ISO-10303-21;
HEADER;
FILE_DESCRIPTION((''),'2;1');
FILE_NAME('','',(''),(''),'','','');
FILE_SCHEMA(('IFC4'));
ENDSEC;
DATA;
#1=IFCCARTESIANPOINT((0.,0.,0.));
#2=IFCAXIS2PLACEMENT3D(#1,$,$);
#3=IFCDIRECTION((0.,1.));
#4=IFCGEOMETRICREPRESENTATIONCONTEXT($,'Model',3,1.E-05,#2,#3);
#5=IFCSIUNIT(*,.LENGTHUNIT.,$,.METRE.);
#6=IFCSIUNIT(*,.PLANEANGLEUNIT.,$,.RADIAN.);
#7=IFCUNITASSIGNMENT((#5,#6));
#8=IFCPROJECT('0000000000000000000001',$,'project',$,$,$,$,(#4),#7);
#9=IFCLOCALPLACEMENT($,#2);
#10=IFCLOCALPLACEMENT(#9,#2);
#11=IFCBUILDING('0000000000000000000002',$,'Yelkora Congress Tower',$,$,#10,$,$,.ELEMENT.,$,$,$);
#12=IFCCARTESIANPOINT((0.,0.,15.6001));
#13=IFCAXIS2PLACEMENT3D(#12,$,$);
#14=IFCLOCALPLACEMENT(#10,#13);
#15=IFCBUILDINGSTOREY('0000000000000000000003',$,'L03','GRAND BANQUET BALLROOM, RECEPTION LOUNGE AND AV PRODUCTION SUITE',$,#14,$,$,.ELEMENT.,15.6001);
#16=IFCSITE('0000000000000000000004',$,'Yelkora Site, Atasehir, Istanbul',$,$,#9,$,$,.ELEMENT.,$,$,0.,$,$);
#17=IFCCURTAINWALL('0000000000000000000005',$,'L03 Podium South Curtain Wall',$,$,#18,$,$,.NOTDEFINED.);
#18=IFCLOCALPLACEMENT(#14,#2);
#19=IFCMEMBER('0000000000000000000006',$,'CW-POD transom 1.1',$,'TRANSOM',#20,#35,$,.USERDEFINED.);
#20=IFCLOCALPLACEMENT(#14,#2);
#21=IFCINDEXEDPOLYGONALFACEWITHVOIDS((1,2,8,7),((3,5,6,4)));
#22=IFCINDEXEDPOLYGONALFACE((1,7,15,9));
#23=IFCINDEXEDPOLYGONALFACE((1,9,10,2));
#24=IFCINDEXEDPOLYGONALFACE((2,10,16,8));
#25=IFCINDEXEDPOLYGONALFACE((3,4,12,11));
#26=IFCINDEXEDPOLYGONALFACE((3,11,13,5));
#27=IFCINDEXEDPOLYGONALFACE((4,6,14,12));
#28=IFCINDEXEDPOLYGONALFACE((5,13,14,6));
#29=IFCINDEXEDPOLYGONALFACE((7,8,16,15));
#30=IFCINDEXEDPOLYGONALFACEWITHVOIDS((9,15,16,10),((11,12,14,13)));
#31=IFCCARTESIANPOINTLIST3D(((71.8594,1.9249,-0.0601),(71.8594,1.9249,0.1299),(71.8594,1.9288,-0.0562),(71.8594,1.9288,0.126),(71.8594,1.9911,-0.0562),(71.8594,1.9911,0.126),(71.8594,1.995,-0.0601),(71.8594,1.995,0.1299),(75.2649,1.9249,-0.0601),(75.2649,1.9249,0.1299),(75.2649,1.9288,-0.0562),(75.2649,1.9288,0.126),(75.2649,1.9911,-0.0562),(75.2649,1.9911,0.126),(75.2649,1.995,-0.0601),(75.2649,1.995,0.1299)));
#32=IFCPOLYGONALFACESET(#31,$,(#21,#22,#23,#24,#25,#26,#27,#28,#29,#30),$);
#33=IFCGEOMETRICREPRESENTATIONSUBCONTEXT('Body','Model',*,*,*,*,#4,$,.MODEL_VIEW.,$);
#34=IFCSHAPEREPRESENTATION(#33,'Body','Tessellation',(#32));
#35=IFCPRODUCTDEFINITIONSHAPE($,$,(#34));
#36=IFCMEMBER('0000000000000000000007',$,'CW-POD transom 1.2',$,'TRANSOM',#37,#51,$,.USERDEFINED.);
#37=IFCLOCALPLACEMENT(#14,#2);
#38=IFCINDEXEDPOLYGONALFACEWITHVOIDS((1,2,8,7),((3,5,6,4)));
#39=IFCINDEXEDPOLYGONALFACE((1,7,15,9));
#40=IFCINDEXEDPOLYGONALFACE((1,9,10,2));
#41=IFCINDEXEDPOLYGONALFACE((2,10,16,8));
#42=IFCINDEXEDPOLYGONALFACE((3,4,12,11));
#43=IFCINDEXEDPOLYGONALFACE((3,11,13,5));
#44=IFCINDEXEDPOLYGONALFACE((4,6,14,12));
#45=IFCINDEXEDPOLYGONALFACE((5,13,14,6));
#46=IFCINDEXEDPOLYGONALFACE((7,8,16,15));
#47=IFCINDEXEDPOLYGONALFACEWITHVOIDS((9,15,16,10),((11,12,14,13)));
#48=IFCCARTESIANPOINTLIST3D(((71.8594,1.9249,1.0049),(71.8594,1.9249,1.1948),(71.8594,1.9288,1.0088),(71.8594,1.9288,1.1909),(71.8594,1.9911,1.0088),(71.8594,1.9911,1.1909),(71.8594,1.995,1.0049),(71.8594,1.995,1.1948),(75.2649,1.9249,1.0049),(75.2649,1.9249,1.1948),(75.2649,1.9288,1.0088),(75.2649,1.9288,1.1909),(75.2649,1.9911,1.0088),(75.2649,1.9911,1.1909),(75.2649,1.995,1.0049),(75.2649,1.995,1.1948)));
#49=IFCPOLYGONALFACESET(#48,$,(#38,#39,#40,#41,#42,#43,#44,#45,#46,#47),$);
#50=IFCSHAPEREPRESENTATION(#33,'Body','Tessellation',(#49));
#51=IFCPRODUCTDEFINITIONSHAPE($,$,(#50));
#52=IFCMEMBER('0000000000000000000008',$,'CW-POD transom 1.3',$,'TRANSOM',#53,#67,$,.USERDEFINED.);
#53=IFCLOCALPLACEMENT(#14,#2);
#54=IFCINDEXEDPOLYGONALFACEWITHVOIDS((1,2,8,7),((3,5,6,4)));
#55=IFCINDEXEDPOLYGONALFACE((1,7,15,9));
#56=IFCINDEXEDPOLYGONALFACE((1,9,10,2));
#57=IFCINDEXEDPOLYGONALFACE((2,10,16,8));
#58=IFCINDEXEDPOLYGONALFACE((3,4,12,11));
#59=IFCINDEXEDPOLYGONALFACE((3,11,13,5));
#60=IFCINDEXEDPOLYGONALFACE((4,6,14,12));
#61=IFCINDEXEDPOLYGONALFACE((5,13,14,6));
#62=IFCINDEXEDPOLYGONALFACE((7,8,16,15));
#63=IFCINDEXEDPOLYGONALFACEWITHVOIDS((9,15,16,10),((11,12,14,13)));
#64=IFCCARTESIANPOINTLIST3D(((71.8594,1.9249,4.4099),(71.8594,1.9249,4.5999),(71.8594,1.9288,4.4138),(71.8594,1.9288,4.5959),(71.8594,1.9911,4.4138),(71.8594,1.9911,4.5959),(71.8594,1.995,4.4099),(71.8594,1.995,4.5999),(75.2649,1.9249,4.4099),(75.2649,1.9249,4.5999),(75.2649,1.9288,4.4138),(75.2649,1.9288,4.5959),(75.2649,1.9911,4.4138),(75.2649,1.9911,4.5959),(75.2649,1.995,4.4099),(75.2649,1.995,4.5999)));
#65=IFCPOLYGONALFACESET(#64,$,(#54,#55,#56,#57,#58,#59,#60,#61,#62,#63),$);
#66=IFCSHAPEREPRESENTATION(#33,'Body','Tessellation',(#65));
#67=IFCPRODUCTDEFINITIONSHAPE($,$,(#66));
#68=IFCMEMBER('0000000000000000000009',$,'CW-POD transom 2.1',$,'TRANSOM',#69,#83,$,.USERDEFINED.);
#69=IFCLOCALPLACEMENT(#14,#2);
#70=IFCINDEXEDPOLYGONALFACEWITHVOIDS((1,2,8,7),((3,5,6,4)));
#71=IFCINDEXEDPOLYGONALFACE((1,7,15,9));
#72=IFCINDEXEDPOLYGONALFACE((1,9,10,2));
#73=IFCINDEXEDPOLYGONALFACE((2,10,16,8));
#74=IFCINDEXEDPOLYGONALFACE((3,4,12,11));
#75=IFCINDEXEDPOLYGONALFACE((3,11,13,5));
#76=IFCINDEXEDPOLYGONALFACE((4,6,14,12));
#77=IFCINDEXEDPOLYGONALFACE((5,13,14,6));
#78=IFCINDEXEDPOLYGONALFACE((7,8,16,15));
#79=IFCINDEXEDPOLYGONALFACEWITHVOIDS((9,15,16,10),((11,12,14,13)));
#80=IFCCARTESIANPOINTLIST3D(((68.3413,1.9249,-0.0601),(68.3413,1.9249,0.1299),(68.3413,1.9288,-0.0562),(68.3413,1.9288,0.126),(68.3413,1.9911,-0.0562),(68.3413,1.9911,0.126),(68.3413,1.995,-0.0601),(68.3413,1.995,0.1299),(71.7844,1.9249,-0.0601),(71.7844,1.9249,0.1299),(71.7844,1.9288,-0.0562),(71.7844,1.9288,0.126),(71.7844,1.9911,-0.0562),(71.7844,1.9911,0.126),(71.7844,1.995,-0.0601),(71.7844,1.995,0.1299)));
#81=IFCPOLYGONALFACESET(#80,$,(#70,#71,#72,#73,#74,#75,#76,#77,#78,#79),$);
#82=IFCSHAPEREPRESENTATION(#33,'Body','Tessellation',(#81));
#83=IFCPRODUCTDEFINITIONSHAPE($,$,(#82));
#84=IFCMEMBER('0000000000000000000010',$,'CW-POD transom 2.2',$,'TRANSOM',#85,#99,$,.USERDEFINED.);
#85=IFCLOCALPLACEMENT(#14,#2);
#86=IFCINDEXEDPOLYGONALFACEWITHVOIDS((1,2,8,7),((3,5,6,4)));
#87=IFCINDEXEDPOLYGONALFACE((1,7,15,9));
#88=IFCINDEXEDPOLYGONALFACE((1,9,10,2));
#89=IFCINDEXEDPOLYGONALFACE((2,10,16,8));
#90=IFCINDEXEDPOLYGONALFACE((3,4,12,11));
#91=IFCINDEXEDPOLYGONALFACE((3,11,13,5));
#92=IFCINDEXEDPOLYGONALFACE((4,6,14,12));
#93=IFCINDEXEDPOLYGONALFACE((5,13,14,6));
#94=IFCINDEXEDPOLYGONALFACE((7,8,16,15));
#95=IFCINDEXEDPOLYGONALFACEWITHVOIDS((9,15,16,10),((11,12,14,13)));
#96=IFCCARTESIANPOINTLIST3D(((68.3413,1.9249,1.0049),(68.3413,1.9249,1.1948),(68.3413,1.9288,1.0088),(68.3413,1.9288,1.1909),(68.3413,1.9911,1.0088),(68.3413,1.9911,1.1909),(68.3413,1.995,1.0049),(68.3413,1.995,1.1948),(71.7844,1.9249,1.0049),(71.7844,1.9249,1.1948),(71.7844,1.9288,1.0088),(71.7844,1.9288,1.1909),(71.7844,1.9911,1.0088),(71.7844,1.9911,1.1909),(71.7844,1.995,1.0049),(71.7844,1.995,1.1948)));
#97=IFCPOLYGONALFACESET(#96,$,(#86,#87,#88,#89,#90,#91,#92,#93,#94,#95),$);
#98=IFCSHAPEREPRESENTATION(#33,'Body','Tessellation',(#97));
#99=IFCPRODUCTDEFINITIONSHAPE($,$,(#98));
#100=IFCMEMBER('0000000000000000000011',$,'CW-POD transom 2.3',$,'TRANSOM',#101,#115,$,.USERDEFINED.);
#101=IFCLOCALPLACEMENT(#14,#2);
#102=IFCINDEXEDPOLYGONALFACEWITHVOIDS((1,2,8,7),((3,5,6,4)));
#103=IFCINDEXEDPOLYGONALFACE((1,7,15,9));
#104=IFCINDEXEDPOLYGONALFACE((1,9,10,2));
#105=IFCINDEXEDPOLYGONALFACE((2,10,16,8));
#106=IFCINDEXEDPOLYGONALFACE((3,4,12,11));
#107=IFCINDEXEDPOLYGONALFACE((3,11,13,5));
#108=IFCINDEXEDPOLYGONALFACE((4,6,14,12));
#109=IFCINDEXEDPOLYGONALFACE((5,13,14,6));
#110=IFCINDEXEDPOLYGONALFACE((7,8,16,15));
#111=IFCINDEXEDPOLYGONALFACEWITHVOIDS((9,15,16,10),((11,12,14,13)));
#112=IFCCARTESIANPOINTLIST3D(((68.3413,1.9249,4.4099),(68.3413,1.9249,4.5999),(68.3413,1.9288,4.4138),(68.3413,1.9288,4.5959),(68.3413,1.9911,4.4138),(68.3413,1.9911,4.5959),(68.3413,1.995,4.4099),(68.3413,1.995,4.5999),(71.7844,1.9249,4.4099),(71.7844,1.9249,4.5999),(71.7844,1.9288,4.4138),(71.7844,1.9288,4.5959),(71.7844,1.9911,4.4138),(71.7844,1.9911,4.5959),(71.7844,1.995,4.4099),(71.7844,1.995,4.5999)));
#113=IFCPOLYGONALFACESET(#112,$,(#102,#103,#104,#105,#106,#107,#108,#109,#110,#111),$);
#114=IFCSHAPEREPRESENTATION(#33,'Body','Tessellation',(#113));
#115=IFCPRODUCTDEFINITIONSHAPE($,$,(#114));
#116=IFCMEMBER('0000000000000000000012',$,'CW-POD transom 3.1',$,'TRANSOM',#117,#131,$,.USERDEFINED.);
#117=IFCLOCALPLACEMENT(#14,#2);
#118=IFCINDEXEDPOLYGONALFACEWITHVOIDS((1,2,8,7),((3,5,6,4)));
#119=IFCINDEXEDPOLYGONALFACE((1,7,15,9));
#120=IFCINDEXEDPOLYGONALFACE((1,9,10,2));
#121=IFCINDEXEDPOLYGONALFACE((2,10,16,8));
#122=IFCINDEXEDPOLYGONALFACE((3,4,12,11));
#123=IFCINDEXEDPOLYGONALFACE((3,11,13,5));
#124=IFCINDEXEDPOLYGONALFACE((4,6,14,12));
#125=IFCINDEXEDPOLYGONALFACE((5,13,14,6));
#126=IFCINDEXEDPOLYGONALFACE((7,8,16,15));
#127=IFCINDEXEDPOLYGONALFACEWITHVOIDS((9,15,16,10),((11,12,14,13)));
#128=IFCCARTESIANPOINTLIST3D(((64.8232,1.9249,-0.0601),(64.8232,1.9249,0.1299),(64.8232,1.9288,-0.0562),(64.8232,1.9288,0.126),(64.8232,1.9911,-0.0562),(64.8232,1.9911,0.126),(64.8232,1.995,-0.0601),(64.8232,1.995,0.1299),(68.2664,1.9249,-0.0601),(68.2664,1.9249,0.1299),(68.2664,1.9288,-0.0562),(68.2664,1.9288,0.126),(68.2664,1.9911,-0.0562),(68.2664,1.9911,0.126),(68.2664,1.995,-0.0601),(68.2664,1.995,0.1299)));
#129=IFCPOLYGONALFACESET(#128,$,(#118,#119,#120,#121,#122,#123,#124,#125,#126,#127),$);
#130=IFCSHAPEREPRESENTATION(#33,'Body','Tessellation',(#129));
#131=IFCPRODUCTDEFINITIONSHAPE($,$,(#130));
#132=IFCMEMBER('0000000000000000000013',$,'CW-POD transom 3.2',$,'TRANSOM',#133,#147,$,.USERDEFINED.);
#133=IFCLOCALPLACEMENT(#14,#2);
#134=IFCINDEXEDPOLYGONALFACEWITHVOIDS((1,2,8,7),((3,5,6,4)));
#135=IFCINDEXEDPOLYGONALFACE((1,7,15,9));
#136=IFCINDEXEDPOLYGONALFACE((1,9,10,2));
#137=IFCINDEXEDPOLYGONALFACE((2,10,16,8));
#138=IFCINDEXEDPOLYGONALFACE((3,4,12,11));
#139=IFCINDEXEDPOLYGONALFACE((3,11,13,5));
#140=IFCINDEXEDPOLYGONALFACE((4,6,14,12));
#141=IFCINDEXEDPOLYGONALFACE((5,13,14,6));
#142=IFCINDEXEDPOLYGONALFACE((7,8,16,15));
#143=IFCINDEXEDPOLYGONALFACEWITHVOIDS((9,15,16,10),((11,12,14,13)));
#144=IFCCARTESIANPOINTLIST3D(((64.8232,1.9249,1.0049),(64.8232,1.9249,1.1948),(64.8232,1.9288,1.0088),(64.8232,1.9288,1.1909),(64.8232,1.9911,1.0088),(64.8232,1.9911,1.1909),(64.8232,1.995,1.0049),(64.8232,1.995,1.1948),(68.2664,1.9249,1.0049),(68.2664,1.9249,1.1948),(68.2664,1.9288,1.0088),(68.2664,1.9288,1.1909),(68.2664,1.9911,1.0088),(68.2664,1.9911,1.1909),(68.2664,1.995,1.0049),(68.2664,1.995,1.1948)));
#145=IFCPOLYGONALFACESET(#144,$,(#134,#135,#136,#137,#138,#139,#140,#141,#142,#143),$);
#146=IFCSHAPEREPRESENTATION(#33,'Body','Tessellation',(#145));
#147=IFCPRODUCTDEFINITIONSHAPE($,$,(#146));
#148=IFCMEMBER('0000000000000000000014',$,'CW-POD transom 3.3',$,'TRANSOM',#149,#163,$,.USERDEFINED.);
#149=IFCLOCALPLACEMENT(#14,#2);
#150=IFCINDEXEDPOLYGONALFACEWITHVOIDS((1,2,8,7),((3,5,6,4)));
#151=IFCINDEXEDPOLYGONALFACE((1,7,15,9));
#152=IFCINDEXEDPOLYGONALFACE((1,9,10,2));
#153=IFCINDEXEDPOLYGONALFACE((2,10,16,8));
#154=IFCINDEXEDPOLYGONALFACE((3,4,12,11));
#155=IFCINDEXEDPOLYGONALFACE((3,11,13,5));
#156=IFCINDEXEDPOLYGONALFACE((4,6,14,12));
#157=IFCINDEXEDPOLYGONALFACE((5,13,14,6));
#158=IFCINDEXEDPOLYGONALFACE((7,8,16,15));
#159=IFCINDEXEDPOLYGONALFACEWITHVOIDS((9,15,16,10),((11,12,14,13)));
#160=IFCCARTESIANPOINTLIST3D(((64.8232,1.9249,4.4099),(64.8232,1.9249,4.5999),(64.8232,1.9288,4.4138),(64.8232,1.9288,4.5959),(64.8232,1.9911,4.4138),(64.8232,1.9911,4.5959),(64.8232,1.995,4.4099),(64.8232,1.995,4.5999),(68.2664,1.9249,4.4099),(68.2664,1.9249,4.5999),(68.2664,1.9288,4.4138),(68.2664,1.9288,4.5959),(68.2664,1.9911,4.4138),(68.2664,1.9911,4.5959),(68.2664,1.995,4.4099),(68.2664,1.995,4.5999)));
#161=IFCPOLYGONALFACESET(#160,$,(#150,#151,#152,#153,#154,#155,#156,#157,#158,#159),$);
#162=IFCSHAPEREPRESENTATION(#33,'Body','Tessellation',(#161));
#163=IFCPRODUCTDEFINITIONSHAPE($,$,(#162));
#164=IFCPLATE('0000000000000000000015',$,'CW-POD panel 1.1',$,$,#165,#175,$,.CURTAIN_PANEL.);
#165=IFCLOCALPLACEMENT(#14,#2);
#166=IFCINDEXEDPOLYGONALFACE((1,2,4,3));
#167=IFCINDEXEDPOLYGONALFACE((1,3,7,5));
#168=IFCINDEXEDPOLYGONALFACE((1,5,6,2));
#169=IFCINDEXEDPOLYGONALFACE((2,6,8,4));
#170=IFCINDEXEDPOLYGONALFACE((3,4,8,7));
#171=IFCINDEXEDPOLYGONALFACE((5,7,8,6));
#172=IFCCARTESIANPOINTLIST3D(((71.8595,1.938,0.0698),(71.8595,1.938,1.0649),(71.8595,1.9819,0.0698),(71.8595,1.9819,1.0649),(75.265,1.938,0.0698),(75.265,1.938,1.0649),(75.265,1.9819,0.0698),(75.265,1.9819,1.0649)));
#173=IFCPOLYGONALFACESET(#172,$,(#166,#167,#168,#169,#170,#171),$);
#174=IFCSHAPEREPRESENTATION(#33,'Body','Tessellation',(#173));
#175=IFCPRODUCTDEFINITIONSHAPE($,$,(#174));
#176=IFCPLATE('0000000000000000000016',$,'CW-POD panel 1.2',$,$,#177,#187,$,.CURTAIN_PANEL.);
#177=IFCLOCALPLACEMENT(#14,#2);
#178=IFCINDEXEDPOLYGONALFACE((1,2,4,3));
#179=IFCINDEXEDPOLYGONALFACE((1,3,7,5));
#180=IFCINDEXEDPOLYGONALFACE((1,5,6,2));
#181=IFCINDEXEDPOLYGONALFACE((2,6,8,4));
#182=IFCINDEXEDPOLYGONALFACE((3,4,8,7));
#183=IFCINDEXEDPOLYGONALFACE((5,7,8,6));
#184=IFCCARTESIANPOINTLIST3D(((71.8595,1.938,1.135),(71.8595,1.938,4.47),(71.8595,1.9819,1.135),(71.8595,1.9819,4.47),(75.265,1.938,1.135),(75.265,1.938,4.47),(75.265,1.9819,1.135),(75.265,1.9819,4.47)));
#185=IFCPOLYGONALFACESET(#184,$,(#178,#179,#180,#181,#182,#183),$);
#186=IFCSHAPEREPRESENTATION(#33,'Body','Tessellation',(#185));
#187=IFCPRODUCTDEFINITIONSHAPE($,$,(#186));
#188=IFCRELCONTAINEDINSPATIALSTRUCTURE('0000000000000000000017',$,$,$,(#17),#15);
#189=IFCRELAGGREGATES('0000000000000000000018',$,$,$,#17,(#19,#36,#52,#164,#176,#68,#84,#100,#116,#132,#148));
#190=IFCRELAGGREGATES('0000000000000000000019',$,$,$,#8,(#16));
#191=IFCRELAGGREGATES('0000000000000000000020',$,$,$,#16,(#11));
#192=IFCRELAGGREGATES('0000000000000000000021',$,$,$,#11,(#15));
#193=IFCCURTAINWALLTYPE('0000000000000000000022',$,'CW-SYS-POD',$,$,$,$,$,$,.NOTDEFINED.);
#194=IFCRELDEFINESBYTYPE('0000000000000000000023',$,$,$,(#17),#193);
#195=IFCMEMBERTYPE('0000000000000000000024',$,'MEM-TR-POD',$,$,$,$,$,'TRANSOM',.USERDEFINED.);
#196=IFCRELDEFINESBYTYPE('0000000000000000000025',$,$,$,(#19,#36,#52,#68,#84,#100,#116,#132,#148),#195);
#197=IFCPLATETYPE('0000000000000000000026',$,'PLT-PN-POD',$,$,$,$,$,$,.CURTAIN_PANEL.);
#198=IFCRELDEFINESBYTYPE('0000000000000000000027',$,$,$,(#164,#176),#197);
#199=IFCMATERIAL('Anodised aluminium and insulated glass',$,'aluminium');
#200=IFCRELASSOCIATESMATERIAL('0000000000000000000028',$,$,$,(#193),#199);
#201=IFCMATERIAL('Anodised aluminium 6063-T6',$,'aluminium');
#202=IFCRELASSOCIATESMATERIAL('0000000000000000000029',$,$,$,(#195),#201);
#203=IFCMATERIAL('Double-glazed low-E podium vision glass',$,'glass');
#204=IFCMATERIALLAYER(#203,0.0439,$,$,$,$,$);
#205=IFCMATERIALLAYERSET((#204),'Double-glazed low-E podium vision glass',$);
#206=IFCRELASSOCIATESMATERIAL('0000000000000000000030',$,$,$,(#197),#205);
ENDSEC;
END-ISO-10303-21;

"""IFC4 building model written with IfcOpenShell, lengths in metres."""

from ifc_helpers import new_model, si_unit, direction, frame, origin, origin_2d, place, context, subcontext, project, spatial, rectangle, hollow_rectangle, extrude, material, layer, layer_set, material_profile, profile_set, type_object, element, aggregate, save


model = new_model("IFC4")

# Units and contexts
model_context = context("Model", 3, precision=1e-05, world=origin(), true_north=direction((0.0, 1.0)))
body_context = subcontext(model_context, "Body", "Model", "MODEL_VIEW")
ifc_project = project(units=[si_unit("LENGTHUNIT", "METRE"), si_unit("PLANEANGLEUNIT", "RADIAN")], contexts=[model_context])

# Site, building, storey
site_placement = place(None, origin())
site = spatial("IfcSite", under=ifc_project, at=site_placement, Name="Yelkora Site, Atasehir, Istanbul", CompositionType="ELEMENT", RefElevation=0.0)
building_placement = place(site_placement, origin())
building = spatial("IfcBuilding", under=site, at=building_placement, Name="Yelkora Congress Tower", CompositionType="ELEMENT")
storey_placement = place(building_placement, frame((0.0, 0.0, 15.6001)))
storey = spatial("IfcBuildingStorey", under=building, at=storey_placement, Name="L03", Description="GRAND BANQUET BALLROOM, RECEPTION LOUNGE AND AV PRODUCTION SUITE", CompositionType="ELEMENT", Elevation=15.6001)

# Curtain wall, members, plates
ifc_material_1 = material(Name="Anodised aluminium and insulated glass", Category="aluminium")
curtain_wall_type = type_object("IfcCurtainWallType", Name="CW-SYS-POD", PredefinedType="NOTDEFINED", material=ifc_material_1)
curtain_wall_placement = place(storey_placement, origin())
curtain_wall = element("IfcCurtainWall", 1, at=curtain_wall_placement, inside=storey, type_object=curtain_wall_type, Name="L03 Podium South Curtain Wall", PredefinedType="NOTDEFINED")
ifc_material_2 = material(Name="Anodised aluminium 6063-T6", Category="aluminium")
ifc_material_profile_1 = material_profile(ifc_material_2, hollow_rectangle(XDim=0.0701, YDim=0.1899, WallThickness=0.0039, at=origin_2d()), Name="ALU 70x190x4")
ifc_profile_set_1 = profile_set([ifc_material_profile_1], Name="Anodised aluminium 6063-T6")
member_type_1 = type_object("IfcMemberType", Name="MEM-TR-POD", ElementType="TRANSOM", PredefinedType="USERDEFINED", material=ifc_profile_set_1)
member_1_placement = place(storey_placement, frame((75.2649, 1.96, 0.0349), z_axis=(-1.0, 0.0, 0.0), x_axis=(0.0, -1.0, 0.0)))
member_1 = element("IfcMember", 2, at=member_1_placement, type_object=member_type_1, Name="CW-POD transom 1.1", ObjectType="TRANSOM", PredefinedType="USERDEFINED", context=body_context, shape_type="SweptSolid", body=[
    extrude(hollow_rectangle(XDim=0.0701, YDim=0.1899, WallThickness=0.0039, at=origin_2d()), origin(), (0.0, 0.0, 1.0), 3.4055),
])
member_2_placement = place(storey_placement, frame((75.2649, 1.96, 1.0999), z_axis=(-1.0, 0.0, 0.0), x_axis=(0.0, -1.0, 0.0)))
member_2 = element("IfcMember", 3, at=member_2_placement, type_object=member_type_1, Name="CW-POD transom 1.2", ObjectType="TRANSOM", PredefinedType="USERDEFINED", context=body_context, shape_type="SweptSolid", body=[
    extrude(hollow_rectangle(XDim=0.0701, YDim=0.1899, WallThickness=0.0039, at=origin_2d()), origin(), (0.0, 0.0, 1.0), 3.4055),
])
member_3_placement = place(storey_placement, frame((75.2649, 1.96, 4.5049), z_axis=(-1.0, 0.0, 0.0), x_axis=(0.0, -1.0, 0.0)))
member_3 = element("IfcMember", 4, at=member_3_placement, type_object=member_type_1, Name="CW-POD transom 1.3", ObjectType="TRANSOM", PredefinedType="USERDEFINED", context=body_context, shape_type="SweptSolid", body=[
    extrude(hollow_rectangle(XDim=0.0701, YDim=0.1899, WallThickness=0.0039, at=origin_2d()), origin(), (0.0, 0.0, 1.0), 3.4055),
])
member_4_placement = place(storey_placement, frame((71.7844, 1.96, 0.0349), z_axis=(-1.0, 0.0, 0.0), x_axis=(0.0, -1.0, 0.0)))
member_4 = element("IfcMember", 5, at=member_4_placement, type_object=member_type_1, Name="CW-POD transom 2.1", ObjectType="TRANSOM", PredefinedType="USERDEFINED", context=body_context, shape_type="SweptSolid", body=[
    extrude(hollow_rectangle(XDim=0.0701, YDim=0.1899, WallThickness=0.0039, at=origin_2d()), origin(), (0.0, 0.0, 1.0), 3.4431),
])
member_5_placement = place(storey_placement, frame((71.7844, 1.96, 1.0999), z_axis=(-1.0, 0.0, 0.0), x_axis=(0.0, -1.0, 0.0)))
member_5 = element("IfcMember", 6, at=member_5_placement, type_object=member_type_1, Name="CW-POD transom 2.2", ObjectType="TRANSOM", PredefinedType="USERDEFINED", context=body_context, shape_type="SweptSolid", body=[
    extrude(hollow_rectangle(XDim=0.0701, YDim=0.1899, WallThickness=0.0039, at=origin_2d()), origin(), (0.0, 0.0, 1.0), 3.4431),
])
member_6_placement = place(storey_placement, frame((71.7844, 1.96, 4.5049), z_axis=(-1.0, 0.0, 0.0), x_axis=(0.0, -1.0, 0.0)))
member_6 = element("IfcMember", 7, at=member_6_placement, type_object=member_type_1, Name="CW-POD transom 2.3", ObjectType="TRANSOM", PredefinedType="USERDEFINED", context=body_context, shape_type="SweptSolid", body=[
    extrude(hollow_rectangle(XDim=0.0701, YDim=0.1899, WallThickness=0.0039, at=origin_2d()), origin(), (0.0, 0.0, 1.0), 3.4431),
])
member_7_placement = place(storey_placement, frame((68.2664, 1.96, 0.0349), z_axis=(-1.0, 0.0, 0.0), x_axis=(0.0, -1.0, 0.0)))
member_7 = element("IfcMember", 8, at=member_7_placement, type_object=member_type_1, Name="CW-POD transom 3.1", ObjectType="TRANSOM", PredefinedType="USERDEFINED", context=body_context, shape_type="SweptSolid", body=[
    extrude(hollow_rectangle(XDim=0.0701, YDim=0.1899, WallThickness=0.0039, at=origin_2d()), origin(), (0.0, 0.0, 1.0), 3.4431),
])
member_8_placement = place(storey_placement, frame((68.2664, 1.96, 1.0999), z_axis=(-1.0, 0.0, 0.0), x_axis=(0.0, -1.0, 0.0)))
member_8 = element("IfcMember", 9, at=member_8_placement, type_object=member_type_1, Name="CW-POD transom 3.2", ObjectType="TRANSOM", PredefinedType="USERDEFINED", context=body_context, shape_type="SweptSolid", body=[
    extrude(hollow_rectangle(XDim=0.0701, YDim=0.1899, WallThickness=0.0039, at=origin_2d()), origin(), (0.0, 0.0, 1.0), 3.4431),
])
member_9_placement = place(storey_placement, frame((68.2664, 1.96, 4.5049), z_axis=(-1.0, 0.0, 0.0), x_axis=(0.0, -1.0, 0.0)))
member_9 = element("IfcMember", 10, at=member_9_placement, type_object=member_type_1, Name="CW-POD transom 3.3", ObjectType="TRANSOM", PredefinedType="USERDEFINED", context=body_context, shape_type="SweptSolid", body=[
    extrude(hollow_rectangle(XDim=0.0701, YDim=0.1899, WallThickness=0.0039, at=origin_2d()), origin(), (0.0, 0.0, 1.0), 3.4431),
])
ifc_material_3 = material(Name="Double-glazed low-E podium vision glass", Category="glass")
ifc_layer = layer(ifc_material_3, 0.0439)
ifc_layer_set = layer_set([ifc_layer], Name="Double-glazed low-E podium vision glass")
plate_type = type_object("IfcPlateType", Name="PLT-PN-POD", PredefinedType="CURTAIN_PANEL", material=ifc_layer_set)
plate_1_placement = place(storey_placement, frame((73.5623, 1.96, 0.0698), z_axis=(0.0, 0.0, 1.0), x_axis=(-1.0, 0.0, 0.0)))
plate_1 = element("IfcPlate", 11, at=plate_1_placement, type_object=plate_type, Name="CW-POD panel 1.1", PredefinedType="CURTAIN_PANEL", context=body_context, shape_type="SweptSolid", body=[
    extrude(rectangle(XDim=3.4055, YDim=0.0439, at=origin_2d()), origin(), (0.0, 0.0, 1.0), 0.9951),
])
plate_2_placement = place(storey_placement, frame((73.5623, 1.96, 1.135), z_axis=(0.0, 0.0, 1.0), x_axis=(-1.0, 0.0, 0.0)))
plate_2 = element("IfcPlate", 12, at=plate_2_placement, type_object=plate_type, Name="CW-POD panel 1.2", PredefinedType="CURTAIN_PANEL", context=body_context, shape_type="SweptSolid", body=[
    extrude(rectangle(XDim=3.4055, YDim=0.0439, at=origin_2d()), origin(), (0.0, 0.0, 1.0), 3.335),
])
aggregate(curtain_wall, [member_1, member_2, member_3, plate_1, plate_2, member_4, member_5, member_6, member_7, member_8, member_9])

save(model, "model.ifc")
